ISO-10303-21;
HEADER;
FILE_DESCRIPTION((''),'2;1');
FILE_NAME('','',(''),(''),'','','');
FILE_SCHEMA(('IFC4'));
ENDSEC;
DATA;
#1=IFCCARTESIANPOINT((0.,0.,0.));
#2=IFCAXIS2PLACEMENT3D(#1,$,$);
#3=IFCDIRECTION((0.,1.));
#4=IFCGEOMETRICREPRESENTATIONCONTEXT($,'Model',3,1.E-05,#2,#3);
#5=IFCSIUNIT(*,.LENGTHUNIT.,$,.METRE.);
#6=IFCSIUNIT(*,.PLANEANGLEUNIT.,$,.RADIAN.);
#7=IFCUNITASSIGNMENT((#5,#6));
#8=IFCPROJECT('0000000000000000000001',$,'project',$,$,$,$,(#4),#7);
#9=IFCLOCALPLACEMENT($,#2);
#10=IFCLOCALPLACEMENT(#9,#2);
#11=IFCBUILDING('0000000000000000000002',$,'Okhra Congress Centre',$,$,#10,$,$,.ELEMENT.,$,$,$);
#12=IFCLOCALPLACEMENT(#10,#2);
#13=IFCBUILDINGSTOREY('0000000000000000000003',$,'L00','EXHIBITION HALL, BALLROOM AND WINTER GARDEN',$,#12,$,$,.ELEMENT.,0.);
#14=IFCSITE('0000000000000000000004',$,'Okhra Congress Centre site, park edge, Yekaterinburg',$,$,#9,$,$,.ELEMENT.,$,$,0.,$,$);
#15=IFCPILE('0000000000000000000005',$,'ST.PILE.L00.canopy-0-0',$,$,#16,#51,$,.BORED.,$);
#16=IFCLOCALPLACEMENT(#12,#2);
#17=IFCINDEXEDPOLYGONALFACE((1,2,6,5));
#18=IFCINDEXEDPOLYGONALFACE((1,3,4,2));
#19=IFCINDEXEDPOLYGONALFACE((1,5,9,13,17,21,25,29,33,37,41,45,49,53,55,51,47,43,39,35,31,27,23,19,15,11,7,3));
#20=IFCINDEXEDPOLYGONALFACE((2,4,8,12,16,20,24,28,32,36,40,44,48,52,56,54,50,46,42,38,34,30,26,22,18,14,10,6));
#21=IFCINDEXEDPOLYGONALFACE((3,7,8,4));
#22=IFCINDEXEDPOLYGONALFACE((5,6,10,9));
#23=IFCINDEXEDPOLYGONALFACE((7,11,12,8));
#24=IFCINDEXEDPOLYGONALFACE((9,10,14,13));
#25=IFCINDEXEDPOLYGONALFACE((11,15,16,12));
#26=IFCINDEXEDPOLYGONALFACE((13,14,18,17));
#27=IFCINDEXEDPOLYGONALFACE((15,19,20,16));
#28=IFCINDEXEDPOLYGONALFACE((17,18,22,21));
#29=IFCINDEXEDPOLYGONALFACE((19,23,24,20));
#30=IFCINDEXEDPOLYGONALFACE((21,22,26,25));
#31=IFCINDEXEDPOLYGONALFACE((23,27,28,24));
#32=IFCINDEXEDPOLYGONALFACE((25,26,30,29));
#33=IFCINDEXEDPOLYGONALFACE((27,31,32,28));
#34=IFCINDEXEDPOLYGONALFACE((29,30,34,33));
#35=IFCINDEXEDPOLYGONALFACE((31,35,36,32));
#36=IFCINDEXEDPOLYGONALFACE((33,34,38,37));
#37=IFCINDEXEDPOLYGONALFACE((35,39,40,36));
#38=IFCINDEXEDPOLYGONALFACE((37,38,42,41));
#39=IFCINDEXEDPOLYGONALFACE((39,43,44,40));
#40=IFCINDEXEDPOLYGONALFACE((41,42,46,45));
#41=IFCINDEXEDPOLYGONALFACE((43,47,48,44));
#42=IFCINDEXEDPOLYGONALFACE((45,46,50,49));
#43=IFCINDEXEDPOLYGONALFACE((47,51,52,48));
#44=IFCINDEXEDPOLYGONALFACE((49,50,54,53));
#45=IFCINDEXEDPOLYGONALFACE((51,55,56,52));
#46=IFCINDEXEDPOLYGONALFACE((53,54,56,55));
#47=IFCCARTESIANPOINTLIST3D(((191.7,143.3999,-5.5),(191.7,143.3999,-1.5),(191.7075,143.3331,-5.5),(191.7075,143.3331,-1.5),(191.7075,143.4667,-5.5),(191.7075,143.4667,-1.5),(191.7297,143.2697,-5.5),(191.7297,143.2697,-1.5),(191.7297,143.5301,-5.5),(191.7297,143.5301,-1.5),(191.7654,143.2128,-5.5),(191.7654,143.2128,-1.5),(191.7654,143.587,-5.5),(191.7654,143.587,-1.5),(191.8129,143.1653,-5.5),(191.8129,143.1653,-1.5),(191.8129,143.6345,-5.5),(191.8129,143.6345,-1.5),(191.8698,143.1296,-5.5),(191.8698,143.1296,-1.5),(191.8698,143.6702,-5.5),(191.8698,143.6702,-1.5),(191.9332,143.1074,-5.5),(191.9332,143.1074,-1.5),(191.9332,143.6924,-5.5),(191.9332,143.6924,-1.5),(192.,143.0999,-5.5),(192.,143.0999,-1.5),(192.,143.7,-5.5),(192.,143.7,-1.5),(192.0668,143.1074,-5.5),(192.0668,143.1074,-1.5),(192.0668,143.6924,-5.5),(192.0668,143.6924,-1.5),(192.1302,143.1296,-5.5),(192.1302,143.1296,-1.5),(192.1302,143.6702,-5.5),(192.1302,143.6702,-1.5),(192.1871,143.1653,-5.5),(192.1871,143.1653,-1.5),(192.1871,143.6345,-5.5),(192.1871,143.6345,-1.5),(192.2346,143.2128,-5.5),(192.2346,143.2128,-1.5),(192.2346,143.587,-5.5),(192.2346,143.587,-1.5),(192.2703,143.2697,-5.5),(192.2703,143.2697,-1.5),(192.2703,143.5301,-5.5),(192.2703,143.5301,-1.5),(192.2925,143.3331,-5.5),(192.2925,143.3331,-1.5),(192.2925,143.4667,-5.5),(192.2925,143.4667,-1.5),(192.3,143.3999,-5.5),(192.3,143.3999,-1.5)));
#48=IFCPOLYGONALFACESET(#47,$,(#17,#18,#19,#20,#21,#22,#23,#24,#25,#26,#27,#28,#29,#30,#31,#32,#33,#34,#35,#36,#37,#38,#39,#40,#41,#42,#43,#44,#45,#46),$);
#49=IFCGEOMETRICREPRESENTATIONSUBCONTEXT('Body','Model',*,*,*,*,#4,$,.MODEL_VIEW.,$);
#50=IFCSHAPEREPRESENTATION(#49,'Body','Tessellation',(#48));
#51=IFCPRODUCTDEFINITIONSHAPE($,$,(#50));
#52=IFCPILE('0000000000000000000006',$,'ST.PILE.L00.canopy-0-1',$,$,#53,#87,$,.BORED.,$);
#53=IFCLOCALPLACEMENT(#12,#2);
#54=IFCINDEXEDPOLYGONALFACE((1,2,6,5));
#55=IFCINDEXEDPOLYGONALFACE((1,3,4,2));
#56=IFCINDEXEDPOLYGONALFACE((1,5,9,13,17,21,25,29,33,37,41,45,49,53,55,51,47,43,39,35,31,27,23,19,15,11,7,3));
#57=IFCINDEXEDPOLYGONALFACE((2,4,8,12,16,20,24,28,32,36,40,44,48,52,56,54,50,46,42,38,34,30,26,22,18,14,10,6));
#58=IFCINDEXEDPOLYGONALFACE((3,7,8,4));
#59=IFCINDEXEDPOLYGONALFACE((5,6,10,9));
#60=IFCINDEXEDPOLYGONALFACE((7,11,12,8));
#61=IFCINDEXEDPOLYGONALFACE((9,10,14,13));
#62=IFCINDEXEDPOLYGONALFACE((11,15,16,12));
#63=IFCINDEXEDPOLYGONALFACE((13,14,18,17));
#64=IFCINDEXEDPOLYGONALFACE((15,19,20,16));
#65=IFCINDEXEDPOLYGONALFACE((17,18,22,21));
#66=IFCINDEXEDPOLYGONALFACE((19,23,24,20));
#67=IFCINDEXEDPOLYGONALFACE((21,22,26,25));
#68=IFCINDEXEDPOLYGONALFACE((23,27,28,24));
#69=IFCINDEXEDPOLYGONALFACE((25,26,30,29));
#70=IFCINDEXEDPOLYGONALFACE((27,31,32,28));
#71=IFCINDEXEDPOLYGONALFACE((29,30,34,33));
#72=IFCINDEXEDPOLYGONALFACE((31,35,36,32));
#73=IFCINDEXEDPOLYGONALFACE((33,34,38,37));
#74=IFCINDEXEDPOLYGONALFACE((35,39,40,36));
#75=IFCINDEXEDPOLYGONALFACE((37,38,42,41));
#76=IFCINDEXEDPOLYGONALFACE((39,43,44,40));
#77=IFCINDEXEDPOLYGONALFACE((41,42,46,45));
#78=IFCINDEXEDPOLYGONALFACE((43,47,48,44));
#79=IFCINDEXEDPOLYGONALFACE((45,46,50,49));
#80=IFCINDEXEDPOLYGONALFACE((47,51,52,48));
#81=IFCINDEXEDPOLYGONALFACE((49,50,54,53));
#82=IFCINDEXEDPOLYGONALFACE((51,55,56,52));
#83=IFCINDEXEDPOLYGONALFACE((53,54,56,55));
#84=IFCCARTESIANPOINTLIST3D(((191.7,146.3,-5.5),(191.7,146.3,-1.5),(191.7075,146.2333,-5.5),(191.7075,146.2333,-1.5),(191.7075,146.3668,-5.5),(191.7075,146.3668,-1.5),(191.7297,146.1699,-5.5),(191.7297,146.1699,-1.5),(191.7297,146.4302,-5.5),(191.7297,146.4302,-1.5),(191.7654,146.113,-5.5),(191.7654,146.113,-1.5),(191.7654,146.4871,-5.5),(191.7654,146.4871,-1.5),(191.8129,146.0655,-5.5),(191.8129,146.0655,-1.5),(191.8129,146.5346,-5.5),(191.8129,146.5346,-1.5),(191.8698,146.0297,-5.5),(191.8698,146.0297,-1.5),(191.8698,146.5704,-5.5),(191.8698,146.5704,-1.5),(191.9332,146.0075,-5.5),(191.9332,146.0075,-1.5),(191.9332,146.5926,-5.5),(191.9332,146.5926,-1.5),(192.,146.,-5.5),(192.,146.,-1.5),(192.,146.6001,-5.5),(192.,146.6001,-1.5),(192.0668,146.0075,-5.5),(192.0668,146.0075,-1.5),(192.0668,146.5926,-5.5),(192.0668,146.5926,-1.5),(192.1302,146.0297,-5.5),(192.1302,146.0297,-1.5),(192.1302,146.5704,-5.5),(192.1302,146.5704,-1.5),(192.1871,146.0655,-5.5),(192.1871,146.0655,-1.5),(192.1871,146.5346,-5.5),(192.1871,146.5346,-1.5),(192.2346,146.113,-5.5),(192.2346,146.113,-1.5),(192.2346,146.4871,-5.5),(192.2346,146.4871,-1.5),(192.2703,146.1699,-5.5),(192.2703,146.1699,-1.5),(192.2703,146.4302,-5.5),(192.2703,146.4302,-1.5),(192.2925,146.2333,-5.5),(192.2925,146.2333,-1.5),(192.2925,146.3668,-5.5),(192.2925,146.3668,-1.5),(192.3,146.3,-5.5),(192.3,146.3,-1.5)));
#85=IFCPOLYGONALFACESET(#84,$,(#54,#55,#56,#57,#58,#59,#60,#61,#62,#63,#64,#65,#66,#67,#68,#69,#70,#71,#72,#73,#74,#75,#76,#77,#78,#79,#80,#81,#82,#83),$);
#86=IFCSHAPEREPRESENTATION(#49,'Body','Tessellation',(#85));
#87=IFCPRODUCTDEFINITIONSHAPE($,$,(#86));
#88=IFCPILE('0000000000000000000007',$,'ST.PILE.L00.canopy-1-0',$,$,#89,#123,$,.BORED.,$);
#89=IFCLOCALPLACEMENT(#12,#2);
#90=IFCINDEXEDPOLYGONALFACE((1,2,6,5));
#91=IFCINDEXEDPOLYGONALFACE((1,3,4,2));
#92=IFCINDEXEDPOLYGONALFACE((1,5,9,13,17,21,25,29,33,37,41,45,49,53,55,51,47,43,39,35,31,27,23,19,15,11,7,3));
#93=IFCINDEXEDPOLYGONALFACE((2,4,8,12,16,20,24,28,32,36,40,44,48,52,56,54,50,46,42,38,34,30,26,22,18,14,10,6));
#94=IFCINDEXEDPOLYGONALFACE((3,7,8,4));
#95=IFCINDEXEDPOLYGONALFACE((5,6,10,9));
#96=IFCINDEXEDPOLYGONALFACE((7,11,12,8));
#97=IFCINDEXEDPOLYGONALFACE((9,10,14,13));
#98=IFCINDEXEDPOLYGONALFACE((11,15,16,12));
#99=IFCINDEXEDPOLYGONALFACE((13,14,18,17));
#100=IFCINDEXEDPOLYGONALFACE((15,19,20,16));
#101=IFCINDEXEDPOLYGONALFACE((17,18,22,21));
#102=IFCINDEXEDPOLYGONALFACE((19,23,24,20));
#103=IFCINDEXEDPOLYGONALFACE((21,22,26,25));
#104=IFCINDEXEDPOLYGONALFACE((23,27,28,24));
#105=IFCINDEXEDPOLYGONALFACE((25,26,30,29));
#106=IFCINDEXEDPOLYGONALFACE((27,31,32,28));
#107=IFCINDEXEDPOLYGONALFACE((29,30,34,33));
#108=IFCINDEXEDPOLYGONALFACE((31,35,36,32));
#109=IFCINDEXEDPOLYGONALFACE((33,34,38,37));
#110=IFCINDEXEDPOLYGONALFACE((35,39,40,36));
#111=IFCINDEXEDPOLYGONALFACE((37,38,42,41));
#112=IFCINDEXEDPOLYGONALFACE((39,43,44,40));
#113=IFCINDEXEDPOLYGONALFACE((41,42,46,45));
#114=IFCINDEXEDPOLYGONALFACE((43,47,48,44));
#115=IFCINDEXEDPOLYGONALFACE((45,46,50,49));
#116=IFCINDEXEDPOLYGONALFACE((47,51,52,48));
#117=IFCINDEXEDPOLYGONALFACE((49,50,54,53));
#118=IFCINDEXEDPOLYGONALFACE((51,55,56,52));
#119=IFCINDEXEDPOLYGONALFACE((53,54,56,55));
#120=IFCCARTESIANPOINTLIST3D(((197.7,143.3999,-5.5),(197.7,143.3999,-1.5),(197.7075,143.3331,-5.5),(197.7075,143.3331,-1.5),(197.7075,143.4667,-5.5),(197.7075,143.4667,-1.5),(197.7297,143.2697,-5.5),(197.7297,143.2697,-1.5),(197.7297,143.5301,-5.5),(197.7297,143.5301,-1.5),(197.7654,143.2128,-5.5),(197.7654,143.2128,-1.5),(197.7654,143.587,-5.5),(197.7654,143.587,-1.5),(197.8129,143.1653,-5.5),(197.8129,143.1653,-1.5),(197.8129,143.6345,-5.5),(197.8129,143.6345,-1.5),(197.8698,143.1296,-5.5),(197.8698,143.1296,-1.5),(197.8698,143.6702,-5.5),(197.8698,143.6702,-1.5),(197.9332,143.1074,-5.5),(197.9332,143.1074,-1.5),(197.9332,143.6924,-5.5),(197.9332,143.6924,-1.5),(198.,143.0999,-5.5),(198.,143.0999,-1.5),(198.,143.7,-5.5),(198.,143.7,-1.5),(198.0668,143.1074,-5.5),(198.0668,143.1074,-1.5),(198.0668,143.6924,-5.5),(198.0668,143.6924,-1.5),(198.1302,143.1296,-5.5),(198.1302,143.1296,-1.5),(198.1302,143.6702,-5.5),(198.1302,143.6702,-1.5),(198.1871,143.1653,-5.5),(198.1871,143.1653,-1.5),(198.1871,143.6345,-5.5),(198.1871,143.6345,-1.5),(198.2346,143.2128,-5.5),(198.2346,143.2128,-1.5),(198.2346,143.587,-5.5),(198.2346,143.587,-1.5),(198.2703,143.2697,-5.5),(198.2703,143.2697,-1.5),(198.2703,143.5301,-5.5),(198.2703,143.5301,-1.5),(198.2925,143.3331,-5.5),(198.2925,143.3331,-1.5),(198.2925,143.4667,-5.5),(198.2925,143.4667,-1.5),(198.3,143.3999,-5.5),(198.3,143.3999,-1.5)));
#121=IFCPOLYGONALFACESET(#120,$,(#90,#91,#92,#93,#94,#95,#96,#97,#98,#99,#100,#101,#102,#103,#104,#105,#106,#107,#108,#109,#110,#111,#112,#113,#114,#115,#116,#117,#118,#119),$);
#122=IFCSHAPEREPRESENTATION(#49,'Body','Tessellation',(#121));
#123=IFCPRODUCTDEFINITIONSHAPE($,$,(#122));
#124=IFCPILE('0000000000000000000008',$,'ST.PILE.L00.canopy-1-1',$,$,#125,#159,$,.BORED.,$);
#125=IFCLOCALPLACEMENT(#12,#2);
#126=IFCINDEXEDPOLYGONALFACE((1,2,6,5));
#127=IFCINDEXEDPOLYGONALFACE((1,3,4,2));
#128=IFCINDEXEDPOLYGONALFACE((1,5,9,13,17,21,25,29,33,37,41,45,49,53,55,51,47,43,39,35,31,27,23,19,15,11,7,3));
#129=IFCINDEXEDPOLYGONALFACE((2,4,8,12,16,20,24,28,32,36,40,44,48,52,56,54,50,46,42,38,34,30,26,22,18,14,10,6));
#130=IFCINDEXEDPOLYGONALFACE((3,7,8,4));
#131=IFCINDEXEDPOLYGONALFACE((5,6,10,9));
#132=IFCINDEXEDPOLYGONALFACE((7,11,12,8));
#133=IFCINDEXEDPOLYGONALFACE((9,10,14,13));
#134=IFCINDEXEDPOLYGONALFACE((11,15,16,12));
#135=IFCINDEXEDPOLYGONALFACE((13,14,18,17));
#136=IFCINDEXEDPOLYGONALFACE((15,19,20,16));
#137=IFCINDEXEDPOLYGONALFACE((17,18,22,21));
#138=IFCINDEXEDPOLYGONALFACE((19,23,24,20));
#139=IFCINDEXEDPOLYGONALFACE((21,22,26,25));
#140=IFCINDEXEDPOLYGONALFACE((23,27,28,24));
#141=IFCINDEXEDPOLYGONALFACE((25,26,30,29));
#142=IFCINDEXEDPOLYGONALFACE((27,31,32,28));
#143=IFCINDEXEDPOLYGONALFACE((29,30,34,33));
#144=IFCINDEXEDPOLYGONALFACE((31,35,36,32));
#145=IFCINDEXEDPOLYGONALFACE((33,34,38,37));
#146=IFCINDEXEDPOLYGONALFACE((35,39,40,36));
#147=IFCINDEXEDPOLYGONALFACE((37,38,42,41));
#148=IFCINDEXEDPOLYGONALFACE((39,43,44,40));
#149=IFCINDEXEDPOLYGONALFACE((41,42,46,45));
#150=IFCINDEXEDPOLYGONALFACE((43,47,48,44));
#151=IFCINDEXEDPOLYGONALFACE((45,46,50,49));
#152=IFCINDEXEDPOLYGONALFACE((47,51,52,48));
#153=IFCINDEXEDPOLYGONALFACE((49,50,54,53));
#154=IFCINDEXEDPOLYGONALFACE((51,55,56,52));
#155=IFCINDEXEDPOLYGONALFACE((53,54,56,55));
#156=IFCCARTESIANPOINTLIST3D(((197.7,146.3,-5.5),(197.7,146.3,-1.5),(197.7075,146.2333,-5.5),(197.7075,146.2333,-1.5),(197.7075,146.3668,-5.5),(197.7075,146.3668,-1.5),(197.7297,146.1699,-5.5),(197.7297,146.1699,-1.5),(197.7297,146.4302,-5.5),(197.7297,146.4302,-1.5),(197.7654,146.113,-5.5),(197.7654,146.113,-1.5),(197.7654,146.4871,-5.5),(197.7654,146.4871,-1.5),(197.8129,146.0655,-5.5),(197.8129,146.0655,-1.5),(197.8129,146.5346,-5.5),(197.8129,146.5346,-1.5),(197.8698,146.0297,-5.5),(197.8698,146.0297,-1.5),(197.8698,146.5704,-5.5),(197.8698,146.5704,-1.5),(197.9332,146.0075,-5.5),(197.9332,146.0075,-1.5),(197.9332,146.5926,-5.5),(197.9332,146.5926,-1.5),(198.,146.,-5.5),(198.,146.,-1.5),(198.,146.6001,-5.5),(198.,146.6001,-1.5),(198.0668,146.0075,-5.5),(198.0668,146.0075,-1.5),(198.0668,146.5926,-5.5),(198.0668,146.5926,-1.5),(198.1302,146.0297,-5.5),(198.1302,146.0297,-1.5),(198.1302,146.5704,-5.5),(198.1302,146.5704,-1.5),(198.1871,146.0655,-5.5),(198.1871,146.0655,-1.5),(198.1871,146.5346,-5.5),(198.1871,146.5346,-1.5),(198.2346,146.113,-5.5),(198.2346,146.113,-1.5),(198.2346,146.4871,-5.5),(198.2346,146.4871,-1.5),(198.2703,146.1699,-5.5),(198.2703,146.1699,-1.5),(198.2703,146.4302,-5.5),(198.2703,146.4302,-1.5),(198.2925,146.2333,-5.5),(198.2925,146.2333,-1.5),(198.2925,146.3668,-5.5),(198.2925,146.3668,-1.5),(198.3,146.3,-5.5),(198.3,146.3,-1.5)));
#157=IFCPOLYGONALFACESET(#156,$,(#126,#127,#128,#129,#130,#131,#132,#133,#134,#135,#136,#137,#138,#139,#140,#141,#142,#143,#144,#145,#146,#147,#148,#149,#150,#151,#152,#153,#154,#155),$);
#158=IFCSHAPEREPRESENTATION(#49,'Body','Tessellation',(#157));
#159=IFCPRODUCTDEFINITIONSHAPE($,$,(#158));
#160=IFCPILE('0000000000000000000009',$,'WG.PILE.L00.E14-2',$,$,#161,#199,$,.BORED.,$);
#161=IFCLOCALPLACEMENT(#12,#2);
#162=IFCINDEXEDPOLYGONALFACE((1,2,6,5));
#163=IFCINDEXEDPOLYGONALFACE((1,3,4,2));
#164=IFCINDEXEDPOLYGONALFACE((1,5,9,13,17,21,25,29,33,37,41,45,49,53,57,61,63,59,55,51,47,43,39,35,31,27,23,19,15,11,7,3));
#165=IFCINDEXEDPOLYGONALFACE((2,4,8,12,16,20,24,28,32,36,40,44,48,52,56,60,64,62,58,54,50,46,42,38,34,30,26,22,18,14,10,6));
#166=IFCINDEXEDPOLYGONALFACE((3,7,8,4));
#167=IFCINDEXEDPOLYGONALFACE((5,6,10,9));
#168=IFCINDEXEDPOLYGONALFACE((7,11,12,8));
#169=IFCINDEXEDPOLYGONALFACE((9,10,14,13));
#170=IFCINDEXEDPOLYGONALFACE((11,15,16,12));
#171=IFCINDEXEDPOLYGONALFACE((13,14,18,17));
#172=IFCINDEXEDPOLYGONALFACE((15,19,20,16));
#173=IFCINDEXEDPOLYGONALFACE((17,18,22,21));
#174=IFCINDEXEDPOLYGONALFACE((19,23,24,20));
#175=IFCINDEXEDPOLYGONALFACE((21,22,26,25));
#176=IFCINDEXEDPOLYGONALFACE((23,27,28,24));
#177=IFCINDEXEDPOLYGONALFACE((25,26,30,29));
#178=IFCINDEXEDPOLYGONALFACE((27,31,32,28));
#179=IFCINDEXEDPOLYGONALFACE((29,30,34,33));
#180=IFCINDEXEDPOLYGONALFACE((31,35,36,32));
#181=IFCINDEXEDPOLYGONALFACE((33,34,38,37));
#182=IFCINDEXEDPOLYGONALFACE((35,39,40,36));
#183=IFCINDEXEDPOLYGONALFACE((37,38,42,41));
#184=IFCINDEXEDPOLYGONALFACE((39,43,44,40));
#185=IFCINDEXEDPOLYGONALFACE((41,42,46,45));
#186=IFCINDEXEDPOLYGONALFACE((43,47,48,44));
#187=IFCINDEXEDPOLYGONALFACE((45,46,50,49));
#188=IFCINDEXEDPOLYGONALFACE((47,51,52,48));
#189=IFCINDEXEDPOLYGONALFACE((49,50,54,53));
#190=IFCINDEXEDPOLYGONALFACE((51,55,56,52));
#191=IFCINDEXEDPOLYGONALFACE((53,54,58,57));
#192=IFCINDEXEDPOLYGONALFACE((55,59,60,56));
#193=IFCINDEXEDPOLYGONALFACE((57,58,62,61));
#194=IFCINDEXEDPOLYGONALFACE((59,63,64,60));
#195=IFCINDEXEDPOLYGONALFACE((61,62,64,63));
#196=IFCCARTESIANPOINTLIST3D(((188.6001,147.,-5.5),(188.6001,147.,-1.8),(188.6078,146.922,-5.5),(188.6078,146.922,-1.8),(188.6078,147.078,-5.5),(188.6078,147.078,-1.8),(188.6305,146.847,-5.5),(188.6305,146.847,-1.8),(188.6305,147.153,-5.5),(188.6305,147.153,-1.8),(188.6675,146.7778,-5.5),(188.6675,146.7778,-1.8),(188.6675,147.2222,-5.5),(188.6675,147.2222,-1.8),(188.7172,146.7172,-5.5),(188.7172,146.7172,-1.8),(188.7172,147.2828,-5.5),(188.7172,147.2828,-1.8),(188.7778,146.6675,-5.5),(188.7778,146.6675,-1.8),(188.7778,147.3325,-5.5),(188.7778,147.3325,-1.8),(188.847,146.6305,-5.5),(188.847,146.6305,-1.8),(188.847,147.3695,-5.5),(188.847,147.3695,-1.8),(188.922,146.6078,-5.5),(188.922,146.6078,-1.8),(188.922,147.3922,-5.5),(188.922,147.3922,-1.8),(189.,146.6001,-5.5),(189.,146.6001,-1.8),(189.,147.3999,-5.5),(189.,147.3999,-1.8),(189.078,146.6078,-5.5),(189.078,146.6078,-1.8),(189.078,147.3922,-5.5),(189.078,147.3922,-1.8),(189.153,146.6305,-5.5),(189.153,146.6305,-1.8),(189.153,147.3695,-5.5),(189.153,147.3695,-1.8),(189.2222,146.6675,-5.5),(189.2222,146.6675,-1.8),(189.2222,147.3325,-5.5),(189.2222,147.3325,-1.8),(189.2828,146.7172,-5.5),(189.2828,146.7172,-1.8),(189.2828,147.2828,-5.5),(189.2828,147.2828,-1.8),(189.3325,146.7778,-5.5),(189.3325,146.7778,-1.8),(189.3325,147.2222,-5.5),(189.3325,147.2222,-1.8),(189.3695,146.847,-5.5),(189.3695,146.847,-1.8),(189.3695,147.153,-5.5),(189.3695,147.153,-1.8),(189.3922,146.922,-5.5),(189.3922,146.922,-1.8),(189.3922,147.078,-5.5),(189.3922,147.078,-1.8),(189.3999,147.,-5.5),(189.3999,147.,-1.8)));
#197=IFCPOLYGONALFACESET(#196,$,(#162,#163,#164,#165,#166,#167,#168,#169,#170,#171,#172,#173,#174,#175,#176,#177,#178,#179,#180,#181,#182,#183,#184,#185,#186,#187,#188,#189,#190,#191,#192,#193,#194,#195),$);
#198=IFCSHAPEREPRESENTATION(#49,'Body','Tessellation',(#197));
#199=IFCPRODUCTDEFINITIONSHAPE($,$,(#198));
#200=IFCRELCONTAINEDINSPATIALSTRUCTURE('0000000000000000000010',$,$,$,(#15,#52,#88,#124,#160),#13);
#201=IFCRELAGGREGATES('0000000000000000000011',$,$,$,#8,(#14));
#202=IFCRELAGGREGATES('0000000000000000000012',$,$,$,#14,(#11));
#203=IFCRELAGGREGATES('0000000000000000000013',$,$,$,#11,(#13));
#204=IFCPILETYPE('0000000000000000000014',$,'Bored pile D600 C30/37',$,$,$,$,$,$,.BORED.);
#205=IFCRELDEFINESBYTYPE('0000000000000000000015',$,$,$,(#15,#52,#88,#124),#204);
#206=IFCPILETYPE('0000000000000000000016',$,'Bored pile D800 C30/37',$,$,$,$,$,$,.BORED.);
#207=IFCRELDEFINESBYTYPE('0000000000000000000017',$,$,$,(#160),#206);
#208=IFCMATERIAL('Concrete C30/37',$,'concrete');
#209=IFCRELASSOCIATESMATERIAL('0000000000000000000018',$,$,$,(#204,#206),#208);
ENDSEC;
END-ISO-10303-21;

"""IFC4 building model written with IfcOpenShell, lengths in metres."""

from ifc_helpers import new_model, si_unit, direction, frame, origin, origin_2d, place, context, subcontext, project, spatial, circle, extrude, material, material_profile, profile_set, type_object, element, save


model = new_model("IFC4")

# Units and contexts
model_context = context("Model", 3, precision=1e-05, world=origin(), true_north=direction((0.0, 1.0)))
body_context = subcontext(model_context, "Body", "Model", "MODEL_VIEW")
ifc_project = project(units=[si_unit("LENGTHUNIT", "METRE"), si_unit("PLANEANGLEUNIT", "RADIAN")], contexts=[model_context])

# Site, building, storey
site_placement = place(None, origin())
site = spatial("IfcSite", under=ifc_project, at=site_placement, Name="Okhra Congress Centre site, park edge, Yekaterinburg", CompositionType="ELEMENT", RefElevation=0.0)
building_placement = place(site_placement, origin())
building = spatial("IfcBuilding", under=site, at=building_placement, Name="Okhra Congress Centre", CompositionType="ELEMENT")
storey_placement = place(building_placement, origin())
storey = spatial("IfcBuildingStorey", under=building, at=storey_placement, Name="L00", Description="EXHIBITION HALL, BALLROOM AND WINTER GARDEN", CompositionType="ELEMENT", Elevation=0.0)

# Piles
ifc_material_1 = material(Name="Concrete C30/37", Category="concrete")
ifc_material_profile_1 = material_profile(ifc_material_1, circle(Radius=0.3, at=origin_2d()), Name="D600")
ifc_profile_set_1 = profile_set([ifc_material_profile_1], Name="Concrete C30/37")
pile_type_1 = type_object("IfcPileType", Name="Bored pile D600 C30/37", PredefinedType="BORED", material=ifc_profile_set_1)
for number, where, z_axis, x_axis, name in (
    (1, (192.0, 143.3999, -1.5), (0.0, 0.0, -1.0), (1.0, 0.0, 0.0), "ST.PILE.L00.canopy-0-0"),
    (2, (192.0, 146.3, -1.5), (0.0, 0.0, -1.0), (1.0, 0.0, 0.0), "ST.PILE.L00.canopy-0-1"),
    (3, (198.0, 143.3999, -1.5), (0.0, 0.0, -1.0), (1.0, 0.0, 0.0), "ST.PILE.L00.canopy-1-0"),
    (4, (198.0, 146.3, -1.5), (0.0, 0.0, -1.0), (1.0, 0.0, 0.0), "ST.PILE.L00.canopy-1-1"),
):
    element("IfcPile", number, at=place(storey_placement, frame(where, z_axis=z_axis, x_axis=x_axis)), inside=storey, type_object=pile_type_1, Name=name, PredefinedType="BORED", context=body_context, shape_type="SweptSolid", body=[
        extrude(circle(Radius=0.3, at=origin_2d()), origin(), (0.0, 0.0, 1.0), 4.0),
    ])
ifc_material_profile_2 = material_profile(ifc_material_1, circle(Radius=0.3999, at=origin_2d()), Name="D800")
ifc_profile_set_2 = profile_set([ifc_material_profile_2], Name="Concrete C30/37")
pile_type_2 = type_object("IfcPileType", Name="Bored pile D800 C30/37", PredefinedType="BORED", material=ifc_profile_set_2)
pile_placement = place(storey_placement, frame((189.0, 147.0, -1.8), z_axis=(0.0, 0.0, -1.0), x_axis=(1.0, 0.0, 0.0)))
element("IfcPile", 5, at=pile_placement, inside=storey, type_object=pile_type_2, Name="WG.PILE.L00.E14-2", PredefinedType="BORED", context=body_context, shape_type="SweptSolid", body=[
    extrude(circle(Radius=0.3999, at=origin_2d()), origin(), (0.0, 0.0, 1.0), 3.7),
])

save(model, "model.ifc")
